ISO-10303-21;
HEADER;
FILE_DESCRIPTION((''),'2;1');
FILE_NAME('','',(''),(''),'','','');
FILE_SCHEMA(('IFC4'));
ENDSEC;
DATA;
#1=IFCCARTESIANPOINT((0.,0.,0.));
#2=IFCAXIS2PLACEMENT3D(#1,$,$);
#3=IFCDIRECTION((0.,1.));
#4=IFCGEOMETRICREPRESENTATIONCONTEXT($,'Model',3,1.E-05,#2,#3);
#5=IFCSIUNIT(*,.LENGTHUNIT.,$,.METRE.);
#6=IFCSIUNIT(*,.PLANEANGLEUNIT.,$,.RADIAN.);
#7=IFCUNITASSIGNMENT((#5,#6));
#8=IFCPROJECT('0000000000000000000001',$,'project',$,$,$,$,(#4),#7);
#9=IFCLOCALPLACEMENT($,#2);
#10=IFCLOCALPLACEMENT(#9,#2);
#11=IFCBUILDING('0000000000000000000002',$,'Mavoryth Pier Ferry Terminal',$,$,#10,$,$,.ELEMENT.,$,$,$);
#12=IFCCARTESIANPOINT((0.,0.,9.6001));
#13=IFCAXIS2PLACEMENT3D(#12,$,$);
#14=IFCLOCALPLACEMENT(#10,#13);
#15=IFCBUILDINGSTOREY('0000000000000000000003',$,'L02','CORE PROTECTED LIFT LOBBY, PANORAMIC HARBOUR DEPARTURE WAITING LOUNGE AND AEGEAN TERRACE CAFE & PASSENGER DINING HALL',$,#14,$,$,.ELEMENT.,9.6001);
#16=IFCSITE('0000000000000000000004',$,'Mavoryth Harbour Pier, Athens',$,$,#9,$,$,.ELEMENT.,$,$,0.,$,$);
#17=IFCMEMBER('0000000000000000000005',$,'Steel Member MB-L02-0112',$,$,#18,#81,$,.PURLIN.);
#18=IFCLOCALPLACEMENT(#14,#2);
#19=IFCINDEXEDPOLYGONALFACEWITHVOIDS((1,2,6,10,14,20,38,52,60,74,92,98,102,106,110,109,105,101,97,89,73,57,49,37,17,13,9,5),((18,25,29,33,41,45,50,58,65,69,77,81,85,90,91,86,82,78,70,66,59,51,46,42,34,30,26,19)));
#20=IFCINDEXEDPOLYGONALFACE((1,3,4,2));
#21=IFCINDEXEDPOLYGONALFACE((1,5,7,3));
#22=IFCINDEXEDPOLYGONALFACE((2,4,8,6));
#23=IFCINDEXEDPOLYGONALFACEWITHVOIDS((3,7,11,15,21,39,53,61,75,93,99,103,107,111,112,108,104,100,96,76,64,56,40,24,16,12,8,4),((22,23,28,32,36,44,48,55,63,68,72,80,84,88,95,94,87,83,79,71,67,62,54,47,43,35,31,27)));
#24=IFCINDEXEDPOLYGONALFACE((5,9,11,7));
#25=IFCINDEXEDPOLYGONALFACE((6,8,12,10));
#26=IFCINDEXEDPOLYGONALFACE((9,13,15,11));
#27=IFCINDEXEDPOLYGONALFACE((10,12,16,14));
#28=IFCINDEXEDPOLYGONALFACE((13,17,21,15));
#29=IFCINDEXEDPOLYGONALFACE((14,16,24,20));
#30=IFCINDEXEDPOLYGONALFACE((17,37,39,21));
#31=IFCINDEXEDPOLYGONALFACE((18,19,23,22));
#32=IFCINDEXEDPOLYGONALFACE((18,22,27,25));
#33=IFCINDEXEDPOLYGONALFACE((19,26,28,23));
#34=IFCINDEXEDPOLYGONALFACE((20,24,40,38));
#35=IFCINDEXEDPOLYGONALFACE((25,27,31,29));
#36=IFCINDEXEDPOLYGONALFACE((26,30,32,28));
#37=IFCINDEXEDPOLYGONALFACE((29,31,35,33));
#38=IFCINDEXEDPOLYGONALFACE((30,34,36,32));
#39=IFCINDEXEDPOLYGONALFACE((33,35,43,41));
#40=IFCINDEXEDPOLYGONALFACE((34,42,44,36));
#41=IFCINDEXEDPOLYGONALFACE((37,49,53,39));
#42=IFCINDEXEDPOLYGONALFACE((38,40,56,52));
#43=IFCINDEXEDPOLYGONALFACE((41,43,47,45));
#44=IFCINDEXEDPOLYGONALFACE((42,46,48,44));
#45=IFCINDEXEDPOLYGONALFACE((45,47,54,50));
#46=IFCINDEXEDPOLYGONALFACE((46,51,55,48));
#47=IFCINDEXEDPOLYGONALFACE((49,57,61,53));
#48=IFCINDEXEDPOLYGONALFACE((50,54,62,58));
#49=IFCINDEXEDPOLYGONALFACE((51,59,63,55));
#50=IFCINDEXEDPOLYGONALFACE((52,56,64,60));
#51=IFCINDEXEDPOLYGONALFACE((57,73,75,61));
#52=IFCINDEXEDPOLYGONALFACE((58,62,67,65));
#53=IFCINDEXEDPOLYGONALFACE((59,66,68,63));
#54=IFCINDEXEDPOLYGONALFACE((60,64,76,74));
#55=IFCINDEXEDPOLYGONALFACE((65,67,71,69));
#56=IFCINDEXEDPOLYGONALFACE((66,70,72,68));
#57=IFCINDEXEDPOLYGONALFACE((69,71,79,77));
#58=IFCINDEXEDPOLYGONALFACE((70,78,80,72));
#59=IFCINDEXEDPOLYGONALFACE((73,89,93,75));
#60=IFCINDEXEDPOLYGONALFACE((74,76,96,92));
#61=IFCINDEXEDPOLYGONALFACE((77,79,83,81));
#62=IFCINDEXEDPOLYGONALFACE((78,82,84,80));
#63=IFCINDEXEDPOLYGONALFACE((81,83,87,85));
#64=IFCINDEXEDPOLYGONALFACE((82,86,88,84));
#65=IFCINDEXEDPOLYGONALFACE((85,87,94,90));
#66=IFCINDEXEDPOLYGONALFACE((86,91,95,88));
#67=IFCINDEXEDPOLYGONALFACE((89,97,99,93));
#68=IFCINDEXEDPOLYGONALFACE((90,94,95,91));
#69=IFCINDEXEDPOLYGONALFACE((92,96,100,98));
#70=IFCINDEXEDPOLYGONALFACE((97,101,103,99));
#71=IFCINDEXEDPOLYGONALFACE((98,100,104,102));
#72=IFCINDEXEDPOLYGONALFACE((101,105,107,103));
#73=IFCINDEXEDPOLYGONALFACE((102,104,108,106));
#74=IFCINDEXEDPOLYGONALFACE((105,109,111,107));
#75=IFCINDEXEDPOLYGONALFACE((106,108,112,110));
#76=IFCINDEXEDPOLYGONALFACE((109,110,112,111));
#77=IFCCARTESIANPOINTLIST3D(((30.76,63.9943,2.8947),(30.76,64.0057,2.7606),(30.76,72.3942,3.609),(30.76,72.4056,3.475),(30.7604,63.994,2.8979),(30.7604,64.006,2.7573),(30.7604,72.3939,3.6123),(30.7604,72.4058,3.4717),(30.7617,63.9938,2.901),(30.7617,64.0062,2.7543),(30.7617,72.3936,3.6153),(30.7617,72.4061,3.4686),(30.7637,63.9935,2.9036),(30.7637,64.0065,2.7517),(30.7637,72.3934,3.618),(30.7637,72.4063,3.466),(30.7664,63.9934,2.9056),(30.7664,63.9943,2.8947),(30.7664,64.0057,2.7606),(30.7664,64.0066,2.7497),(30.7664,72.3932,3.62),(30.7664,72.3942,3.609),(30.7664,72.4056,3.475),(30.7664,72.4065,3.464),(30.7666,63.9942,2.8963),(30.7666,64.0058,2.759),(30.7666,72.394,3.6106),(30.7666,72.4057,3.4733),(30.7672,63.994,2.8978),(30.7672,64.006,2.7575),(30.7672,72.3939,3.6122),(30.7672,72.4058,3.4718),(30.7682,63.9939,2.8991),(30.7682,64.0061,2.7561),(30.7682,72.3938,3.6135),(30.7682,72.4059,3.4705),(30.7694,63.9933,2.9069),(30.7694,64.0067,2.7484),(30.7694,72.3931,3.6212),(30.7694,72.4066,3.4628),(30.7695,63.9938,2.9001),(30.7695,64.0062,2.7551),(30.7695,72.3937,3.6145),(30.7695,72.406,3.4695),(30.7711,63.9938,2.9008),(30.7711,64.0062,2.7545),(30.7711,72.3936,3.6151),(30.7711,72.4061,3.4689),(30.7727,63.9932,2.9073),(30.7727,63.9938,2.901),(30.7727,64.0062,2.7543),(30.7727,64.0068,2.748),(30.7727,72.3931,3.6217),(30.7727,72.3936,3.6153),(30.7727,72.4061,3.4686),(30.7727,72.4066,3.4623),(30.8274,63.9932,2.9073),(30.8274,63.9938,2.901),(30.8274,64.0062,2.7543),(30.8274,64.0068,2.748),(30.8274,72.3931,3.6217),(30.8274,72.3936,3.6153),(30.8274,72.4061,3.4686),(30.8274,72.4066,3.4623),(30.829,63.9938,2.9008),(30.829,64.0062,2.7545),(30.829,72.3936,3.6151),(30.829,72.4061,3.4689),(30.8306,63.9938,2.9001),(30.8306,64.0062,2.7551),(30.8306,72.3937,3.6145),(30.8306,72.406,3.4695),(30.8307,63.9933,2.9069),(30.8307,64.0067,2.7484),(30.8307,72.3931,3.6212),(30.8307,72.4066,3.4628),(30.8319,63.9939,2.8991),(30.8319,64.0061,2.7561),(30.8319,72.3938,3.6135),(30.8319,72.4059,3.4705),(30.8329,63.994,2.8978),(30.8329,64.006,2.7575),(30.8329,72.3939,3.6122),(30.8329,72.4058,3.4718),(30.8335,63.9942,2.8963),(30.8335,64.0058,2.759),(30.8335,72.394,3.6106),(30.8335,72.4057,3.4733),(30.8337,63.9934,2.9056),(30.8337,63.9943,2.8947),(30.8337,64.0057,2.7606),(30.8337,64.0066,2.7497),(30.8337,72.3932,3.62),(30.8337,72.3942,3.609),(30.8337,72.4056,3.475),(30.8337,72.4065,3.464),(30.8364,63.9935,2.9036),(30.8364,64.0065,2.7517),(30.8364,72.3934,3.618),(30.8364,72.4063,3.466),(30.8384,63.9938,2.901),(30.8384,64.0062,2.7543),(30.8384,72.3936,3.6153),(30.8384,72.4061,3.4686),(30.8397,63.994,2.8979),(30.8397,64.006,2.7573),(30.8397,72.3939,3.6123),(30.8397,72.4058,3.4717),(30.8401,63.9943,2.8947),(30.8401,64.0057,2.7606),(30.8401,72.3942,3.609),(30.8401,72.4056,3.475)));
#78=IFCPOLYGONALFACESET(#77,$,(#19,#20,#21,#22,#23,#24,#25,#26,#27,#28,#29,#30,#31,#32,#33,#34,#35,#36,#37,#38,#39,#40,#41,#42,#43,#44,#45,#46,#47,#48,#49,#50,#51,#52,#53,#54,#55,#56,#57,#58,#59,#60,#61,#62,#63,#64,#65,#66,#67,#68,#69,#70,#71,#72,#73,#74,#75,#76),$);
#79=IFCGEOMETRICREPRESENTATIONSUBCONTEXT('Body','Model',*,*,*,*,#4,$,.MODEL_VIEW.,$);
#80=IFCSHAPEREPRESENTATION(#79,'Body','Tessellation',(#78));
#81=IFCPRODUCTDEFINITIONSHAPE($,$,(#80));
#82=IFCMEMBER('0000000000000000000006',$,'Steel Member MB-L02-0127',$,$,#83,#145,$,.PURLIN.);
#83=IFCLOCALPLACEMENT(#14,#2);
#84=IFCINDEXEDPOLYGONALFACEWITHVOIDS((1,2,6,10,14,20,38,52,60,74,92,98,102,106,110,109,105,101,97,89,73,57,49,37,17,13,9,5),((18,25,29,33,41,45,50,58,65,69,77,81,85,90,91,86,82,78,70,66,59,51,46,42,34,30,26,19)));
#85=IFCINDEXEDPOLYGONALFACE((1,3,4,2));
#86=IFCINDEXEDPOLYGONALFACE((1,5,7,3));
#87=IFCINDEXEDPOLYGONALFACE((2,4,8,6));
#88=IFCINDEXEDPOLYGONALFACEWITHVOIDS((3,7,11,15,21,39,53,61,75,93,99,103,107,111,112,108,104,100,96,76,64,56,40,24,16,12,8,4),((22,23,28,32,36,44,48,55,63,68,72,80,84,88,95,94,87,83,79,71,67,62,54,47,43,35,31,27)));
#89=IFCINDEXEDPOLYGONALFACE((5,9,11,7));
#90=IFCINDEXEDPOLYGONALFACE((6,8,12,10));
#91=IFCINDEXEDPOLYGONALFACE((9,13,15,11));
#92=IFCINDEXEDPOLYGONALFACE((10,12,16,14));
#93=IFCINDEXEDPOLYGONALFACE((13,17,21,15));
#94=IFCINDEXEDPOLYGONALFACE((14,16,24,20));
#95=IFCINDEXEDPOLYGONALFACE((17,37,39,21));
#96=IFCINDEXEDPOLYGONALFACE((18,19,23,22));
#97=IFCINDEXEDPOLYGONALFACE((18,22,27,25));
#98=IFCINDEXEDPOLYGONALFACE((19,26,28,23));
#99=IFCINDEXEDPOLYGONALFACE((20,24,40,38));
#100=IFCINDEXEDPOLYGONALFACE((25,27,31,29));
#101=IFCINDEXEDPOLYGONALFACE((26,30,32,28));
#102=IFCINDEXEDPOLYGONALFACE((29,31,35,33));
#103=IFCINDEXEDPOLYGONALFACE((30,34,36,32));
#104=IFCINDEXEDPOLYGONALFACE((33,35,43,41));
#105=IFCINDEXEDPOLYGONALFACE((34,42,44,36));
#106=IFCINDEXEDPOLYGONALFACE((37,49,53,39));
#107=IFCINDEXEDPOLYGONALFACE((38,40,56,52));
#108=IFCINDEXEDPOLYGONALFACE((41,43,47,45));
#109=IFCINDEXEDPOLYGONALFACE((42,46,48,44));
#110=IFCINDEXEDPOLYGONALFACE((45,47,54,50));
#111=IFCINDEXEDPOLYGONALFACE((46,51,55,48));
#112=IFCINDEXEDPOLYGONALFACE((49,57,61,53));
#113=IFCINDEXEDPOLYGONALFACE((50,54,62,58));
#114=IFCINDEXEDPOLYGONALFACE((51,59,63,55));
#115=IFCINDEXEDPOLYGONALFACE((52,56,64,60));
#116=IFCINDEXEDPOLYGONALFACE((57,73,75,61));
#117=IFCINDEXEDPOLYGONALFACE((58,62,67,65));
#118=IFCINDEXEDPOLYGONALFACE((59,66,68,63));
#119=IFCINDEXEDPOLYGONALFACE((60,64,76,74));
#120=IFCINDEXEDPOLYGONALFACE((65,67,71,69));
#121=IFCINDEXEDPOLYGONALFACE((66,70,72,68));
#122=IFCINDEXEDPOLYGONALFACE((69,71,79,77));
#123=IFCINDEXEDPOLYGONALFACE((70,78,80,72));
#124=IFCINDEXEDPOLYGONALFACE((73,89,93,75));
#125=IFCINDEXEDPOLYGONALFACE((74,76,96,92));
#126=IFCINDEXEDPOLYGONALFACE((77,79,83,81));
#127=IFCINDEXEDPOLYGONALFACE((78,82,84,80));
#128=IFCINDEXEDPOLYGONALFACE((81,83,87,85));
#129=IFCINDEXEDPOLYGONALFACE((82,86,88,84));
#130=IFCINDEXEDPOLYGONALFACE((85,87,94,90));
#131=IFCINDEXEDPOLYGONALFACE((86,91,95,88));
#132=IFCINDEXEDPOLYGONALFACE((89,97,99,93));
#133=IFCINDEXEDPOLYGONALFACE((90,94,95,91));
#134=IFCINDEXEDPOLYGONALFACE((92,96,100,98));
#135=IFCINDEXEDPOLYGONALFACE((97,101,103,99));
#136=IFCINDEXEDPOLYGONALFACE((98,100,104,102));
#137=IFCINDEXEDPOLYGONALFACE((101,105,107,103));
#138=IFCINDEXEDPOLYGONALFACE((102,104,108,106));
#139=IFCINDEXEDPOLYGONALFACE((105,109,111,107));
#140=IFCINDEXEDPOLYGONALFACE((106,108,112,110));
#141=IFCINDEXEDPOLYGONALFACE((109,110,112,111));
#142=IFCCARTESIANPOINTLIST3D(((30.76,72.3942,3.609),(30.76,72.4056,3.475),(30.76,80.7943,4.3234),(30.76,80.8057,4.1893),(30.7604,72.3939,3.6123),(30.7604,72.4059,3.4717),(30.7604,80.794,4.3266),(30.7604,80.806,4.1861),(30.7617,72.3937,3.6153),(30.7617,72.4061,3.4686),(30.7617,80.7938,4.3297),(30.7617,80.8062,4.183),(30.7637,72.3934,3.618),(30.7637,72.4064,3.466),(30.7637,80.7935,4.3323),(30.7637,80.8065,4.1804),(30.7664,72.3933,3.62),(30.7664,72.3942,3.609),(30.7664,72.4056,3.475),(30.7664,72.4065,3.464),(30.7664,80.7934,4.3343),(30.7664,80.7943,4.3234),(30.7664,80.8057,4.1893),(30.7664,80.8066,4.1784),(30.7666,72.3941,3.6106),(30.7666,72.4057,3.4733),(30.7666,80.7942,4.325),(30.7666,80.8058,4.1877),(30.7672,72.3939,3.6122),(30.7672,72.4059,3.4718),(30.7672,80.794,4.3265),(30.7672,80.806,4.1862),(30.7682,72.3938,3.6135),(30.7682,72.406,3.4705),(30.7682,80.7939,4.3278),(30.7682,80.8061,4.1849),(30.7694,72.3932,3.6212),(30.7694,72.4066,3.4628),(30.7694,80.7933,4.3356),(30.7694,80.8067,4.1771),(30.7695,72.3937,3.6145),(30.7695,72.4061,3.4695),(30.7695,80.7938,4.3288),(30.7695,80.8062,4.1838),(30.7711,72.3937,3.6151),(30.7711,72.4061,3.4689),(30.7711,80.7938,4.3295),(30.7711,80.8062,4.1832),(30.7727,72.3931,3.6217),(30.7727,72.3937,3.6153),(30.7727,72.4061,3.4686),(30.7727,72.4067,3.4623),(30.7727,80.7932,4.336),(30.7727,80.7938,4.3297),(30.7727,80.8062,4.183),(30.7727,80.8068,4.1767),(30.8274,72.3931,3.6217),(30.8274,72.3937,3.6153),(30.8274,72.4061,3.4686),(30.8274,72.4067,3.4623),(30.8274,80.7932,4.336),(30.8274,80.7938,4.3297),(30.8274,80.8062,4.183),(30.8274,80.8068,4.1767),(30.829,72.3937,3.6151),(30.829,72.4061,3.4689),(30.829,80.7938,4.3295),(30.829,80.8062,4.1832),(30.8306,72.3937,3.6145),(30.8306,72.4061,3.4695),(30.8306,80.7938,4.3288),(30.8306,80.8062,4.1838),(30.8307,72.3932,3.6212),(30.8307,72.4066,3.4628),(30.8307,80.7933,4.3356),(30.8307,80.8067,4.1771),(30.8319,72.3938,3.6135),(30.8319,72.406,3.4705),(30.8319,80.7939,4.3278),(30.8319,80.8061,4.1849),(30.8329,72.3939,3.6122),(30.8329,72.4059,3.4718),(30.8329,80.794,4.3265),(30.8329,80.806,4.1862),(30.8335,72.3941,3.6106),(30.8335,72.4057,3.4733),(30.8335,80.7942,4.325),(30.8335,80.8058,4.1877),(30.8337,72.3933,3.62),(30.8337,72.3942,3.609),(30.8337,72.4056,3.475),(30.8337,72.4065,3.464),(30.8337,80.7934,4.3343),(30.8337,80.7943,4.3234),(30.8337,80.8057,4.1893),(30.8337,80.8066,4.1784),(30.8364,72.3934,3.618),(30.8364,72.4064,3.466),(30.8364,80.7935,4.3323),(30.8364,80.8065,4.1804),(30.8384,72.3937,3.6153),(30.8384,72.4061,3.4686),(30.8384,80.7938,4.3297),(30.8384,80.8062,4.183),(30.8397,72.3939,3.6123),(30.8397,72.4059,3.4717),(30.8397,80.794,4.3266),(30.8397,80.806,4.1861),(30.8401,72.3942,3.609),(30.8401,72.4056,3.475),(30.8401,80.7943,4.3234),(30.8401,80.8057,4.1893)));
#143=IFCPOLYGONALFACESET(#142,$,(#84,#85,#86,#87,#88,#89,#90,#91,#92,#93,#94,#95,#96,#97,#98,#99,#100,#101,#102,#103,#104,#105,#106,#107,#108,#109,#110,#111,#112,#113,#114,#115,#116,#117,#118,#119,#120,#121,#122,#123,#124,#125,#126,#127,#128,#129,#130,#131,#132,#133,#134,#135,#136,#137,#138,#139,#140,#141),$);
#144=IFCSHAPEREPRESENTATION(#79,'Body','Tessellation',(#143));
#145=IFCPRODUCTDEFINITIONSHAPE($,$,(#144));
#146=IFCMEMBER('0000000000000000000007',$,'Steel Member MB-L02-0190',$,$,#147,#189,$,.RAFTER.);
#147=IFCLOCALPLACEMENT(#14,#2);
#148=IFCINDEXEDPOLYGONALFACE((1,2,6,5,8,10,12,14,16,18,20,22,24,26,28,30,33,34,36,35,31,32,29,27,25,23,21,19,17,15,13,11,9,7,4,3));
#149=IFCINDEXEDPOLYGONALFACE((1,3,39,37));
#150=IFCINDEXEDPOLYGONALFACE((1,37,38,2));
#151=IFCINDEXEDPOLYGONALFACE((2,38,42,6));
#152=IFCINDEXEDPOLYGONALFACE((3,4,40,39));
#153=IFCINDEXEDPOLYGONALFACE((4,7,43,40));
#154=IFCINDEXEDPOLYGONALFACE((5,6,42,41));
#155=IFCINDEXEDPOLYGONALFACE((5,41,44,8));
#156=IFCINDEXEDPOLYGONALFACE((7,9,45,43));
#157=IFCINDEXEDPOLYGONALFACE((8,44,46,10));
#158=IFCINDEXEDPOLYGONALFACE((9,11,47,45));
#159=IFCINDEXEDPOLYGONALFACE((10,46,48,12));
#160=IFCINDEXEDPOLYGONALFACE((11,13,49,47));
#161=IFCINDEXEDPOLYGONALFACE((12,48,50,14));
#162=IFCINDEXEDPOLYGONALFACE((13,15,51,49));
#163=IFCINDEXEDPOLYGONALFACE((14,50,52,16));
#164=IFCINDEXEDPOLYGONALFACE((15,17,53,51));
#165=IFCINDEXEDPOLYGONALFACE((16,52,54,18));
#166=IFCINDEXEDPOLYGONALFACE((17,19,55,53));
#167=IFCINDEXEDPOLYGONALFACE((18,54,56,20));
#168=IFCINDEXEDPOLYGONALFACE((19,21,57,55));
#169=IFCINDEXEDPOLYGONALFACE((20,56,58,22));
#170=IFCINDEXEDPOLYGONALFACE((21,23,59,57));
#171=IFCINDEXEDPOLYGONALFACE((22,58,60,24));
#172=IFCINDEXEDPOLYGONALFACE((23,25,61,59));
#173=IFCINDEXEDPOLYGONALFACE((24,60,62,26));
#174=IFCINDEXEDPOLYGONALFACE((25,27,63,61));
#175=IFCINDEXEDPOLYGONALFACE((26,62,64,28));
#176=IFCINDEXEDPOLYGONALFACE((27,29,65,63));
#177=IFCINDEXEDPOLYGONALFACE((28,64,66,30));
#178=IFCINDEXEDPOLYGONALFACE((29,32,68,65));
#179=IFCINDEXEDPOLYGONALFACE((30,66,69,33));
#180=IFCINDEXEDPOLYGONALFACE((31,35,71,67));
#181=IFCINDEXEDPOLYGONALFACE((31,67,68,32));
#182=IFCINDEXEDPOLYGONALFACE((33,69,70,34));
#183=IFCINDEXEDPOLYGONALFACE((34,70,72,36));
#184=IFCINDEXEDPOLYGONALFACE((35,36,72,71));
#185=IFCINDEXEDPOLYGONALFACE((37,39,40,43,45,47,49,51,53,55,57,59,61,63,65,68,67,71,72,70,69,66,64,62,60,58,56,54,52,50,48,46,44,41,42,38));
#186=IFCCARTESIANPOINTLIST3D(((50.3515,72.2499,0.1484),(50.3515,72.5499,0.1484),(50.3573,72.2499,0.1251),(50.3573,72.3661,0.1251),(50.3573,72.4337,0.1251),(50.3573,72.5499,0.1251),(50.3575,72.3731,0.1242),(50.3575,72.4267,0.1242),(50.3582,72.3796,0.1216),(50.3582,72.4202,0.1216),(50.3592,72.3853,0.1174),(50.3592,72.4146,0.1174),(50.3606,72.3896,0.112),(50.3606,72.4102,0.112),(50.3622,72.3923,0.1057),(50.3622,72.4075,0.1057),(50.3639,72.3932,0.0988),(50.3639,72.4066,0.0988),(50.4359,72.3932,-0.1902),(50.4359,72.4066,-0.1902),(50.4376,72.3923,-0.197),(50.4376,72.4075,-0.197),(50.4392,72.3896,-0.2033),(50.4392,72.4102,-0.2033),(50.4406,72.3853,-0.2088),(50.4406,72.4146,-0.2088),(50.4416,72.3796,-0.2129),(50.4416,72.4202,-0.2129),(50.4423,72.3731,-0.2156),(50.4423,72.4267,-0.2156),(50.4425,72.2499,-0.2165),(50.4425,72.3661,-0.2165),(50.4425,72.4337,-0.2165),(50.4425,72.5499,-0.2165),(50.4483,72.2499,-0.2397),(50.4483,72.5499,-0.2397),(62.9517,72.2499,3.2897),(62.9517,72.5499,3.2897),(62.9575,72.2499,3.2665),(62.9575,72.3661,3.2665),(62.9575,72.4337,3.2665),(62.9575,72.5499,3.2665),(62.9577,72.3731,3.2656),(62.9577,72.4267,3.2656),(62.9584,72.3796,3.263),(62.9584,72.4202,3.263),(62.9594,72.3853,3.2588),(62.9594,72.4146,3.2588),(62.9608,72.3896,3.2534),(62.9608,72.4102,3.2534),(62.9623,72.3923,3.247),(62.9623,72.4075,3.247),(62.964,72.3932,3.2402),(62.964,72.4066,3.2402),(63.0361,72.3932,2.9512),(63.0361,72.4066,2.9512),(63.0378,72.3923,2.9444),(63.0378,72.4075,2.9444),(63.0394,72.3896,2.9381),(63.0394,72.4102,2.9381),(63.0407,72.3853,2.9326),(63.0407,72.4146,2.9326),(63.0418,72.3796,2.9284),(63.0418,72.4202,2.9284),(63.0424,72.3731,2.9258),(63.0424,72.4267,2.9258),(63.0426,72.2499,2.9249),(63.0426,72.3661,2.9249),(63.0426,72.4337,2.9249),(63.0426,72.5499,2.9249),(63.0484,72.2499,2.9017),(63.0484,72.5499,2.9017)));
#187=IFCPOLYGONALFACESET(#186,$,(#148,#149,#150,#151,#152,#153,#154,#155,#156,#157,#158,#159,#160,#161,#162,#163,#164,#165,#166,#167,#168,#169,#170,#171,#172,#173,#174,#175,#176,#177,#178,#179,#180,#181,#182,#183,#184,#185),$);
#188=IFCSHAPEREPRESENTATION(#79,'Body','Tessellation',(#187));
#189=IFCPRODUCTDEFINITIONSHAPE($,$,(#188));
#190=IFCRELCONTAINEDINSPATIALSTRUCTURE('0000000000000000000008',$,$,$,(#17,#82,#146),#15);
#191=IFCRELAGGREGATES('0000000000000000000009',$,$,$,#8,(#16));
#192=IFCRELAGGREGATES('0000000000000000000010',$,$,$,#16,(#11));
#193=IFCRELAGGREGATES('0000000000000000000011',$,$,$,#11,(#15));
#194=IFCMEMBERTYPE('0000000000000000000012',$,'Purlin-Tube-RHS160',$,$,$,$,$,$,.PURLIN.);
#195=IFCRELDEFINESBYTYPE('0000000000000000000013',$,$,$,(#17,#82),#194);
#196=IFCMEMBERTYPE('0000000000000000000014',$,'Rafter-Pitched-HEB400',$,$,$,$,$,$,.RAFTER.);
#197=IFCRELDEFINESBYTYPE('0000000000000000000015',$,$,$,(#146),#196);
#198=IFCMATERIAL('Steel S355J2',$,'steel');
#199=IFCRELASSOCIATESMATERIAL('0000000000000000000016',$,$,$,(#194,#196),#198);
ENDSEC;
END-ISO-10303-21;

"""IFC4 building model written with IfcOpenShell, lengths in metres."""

from ifc_helpers import new_model, si_unit, direction, frame, origin, origin_2d, place, context, subcontext, project, spatial, hollow_rectangle, i_section, extrude, material, material_profile, profile_set, type_object, element, save


model = new_model("IFC4")

# Units and contexts
model_context = context("Model", 3, precision=1e-05, world=origin(), true_north=direction((0.0, 1.0)))
body_context = subcontext(model_context, "Body", "Model", "MODEL_VIEW")
ifc_project = project(units=[si_unit("LENGTHUNIT", "METRE"), si_unit("PLANEANGLEUNIT", "RADIAN")], contexts=[model_context])

# Site, building, storey
site_placement = place(None, origin())
site = spatial("IfcSite", under=ifc_project, at=site_placement, Name="Mavoryth Harbour Pier, Athens", CompositionType="ELEMENT", RefElevation=0.0)
building_placement = place(site_placement, origin())
building = spatial("IfcBuilding", under=site, at=building_placement, Name="Mavoryth Pier Ferry Terminal", CompositionType="ELEMENT")
storey_placement = place(building_placement, frame((0.0, 0.0, 9.6001)))
storey = spatial("IfcBuildingStorey", under=building, at=storey_placement, Name="L02", Description="CORE PROTECTED LIFT LOBBY, PANORAMIC HARBOUR DEPARTURE WAITING LOUNGE AND AEGEAN TERRACE CAFE & PASSENGER DINING HALL", CompositionType="ELEMENT", Elevation=9.6001)

# Shared definitions
ifc_material_1 = material(Name="Steel S355J2", Category="steel")

# Members
ifc_material_profile_1 = material_profile(ifc_material_1, hollow_rectangle(XDim=0.0801, YDim=0.1599, WallThickness=0.0063, InnerFilletRadius=0.0063, OuterFilletRadius=0.0127, at=origin_2d()), Name="RHS 160x80x6.3", Category="steel")
ifc_profile_set_1 = profile_set([ifc_material_profile_1], Name="Steel S355J2 - RHS 160x80x6.3")
member_type_1 = type_object("IfcMemberType", Name="Purlin-Tube-RHS160", PredefinedType="PURLIN", material=ifc_profile_set_1)
for number, where, z_axis, x_axis, name in (
    (1, (30.8, 64.0, 2.8276), (0.0, 0.996403, 0.084737), (-1.0, 0.0, 0.0), "Steel Member MB-L02-0112"),
):
    element("IfcMember", number, at=place(storey_placement, frame(where, z_axis=z_axis, x_axis=x_axis)), inside=storey, type_object=member_type_1, Name=name, PredefinedType="PURLIN", context=body_context, shape_type="SweptSolid", body=[
        extrude(hollow_rectangle(XDim=0.0801, YDim=0.1599, WallThickness=0.0063, InnerFilletRadius=0.0063, OuterFilletRadius=0.0127, at=origin_2d()), origin(), (0.0, 0.0, 1.0), 8.4302),
    ])
member_1_placement = place(storey_placement, frame((30.8, 72.3999, 3.542), z_axis=(0.0, 0.996404, 0.084735), x_axis=(-1.0, 0.0, 0.0)))
element("IfcMember", 2, at=member_1_placement, inside=storey, type_object=member_type_1, Name="Steel Member MB-L02-0127", PredefinedType="PURLIN", context=body_context, shape_type="SweptSolid", body=[
    extrude(hollow_rectangle(XDim=0.0801, YDim=0.1599, WallThickness=0.0063, InnerFilletRadius=0.0063, OuterFilletRadius=0.0127, at=origin_2d()), origin(), (0.0, 0.0, 1.0), 8.4304),
])
ifc_material_profile_2 = material_profile(ifc_material_1, i_section(OverallWidth=0.3, OverallDepth=0.3999, WebThickness=0.0134, FlangeThickness=0.0239, FilletRadius=0.0271, at=origin_2d()), Name="HEB 400", Category="steel")
ifc_profile_set_2 = profile_set([ifc_material_profile_2], Name="Steel S355J2 - HEB 400")
member_type_2 = type_object("IfcMemberType", Name="Rafter-Pitched-HEB400", PredefinedType="RAFTER", material=ifc_profile_set_2)
member_2_placement = place(storey_placement, frame((50.3999, 72.3999, -0.0457), z_axis=(0.970299, 0.0, 0.241907), x_axis=(0.0, 1.0, 0.0)))
element("IfcMember", 3, at=member_2_placement, inside=storey, type_object=member_type_2, Name="Steel Member MB-L02-0190", PredefinedType="RAFTER", context=body_context, shape_type="SweptSolid", body=[
    extrude(i_section(OverallWidth=0.3, OverallDepth=0.3999, WebThickness=0.0134, FlangeThickness=0.0239, FilletRadius=0.0271, at=origin_2d()), origin(), (0.0, 0.0, 1.0), 12.9858),
])

save(model, "model.ifc")
